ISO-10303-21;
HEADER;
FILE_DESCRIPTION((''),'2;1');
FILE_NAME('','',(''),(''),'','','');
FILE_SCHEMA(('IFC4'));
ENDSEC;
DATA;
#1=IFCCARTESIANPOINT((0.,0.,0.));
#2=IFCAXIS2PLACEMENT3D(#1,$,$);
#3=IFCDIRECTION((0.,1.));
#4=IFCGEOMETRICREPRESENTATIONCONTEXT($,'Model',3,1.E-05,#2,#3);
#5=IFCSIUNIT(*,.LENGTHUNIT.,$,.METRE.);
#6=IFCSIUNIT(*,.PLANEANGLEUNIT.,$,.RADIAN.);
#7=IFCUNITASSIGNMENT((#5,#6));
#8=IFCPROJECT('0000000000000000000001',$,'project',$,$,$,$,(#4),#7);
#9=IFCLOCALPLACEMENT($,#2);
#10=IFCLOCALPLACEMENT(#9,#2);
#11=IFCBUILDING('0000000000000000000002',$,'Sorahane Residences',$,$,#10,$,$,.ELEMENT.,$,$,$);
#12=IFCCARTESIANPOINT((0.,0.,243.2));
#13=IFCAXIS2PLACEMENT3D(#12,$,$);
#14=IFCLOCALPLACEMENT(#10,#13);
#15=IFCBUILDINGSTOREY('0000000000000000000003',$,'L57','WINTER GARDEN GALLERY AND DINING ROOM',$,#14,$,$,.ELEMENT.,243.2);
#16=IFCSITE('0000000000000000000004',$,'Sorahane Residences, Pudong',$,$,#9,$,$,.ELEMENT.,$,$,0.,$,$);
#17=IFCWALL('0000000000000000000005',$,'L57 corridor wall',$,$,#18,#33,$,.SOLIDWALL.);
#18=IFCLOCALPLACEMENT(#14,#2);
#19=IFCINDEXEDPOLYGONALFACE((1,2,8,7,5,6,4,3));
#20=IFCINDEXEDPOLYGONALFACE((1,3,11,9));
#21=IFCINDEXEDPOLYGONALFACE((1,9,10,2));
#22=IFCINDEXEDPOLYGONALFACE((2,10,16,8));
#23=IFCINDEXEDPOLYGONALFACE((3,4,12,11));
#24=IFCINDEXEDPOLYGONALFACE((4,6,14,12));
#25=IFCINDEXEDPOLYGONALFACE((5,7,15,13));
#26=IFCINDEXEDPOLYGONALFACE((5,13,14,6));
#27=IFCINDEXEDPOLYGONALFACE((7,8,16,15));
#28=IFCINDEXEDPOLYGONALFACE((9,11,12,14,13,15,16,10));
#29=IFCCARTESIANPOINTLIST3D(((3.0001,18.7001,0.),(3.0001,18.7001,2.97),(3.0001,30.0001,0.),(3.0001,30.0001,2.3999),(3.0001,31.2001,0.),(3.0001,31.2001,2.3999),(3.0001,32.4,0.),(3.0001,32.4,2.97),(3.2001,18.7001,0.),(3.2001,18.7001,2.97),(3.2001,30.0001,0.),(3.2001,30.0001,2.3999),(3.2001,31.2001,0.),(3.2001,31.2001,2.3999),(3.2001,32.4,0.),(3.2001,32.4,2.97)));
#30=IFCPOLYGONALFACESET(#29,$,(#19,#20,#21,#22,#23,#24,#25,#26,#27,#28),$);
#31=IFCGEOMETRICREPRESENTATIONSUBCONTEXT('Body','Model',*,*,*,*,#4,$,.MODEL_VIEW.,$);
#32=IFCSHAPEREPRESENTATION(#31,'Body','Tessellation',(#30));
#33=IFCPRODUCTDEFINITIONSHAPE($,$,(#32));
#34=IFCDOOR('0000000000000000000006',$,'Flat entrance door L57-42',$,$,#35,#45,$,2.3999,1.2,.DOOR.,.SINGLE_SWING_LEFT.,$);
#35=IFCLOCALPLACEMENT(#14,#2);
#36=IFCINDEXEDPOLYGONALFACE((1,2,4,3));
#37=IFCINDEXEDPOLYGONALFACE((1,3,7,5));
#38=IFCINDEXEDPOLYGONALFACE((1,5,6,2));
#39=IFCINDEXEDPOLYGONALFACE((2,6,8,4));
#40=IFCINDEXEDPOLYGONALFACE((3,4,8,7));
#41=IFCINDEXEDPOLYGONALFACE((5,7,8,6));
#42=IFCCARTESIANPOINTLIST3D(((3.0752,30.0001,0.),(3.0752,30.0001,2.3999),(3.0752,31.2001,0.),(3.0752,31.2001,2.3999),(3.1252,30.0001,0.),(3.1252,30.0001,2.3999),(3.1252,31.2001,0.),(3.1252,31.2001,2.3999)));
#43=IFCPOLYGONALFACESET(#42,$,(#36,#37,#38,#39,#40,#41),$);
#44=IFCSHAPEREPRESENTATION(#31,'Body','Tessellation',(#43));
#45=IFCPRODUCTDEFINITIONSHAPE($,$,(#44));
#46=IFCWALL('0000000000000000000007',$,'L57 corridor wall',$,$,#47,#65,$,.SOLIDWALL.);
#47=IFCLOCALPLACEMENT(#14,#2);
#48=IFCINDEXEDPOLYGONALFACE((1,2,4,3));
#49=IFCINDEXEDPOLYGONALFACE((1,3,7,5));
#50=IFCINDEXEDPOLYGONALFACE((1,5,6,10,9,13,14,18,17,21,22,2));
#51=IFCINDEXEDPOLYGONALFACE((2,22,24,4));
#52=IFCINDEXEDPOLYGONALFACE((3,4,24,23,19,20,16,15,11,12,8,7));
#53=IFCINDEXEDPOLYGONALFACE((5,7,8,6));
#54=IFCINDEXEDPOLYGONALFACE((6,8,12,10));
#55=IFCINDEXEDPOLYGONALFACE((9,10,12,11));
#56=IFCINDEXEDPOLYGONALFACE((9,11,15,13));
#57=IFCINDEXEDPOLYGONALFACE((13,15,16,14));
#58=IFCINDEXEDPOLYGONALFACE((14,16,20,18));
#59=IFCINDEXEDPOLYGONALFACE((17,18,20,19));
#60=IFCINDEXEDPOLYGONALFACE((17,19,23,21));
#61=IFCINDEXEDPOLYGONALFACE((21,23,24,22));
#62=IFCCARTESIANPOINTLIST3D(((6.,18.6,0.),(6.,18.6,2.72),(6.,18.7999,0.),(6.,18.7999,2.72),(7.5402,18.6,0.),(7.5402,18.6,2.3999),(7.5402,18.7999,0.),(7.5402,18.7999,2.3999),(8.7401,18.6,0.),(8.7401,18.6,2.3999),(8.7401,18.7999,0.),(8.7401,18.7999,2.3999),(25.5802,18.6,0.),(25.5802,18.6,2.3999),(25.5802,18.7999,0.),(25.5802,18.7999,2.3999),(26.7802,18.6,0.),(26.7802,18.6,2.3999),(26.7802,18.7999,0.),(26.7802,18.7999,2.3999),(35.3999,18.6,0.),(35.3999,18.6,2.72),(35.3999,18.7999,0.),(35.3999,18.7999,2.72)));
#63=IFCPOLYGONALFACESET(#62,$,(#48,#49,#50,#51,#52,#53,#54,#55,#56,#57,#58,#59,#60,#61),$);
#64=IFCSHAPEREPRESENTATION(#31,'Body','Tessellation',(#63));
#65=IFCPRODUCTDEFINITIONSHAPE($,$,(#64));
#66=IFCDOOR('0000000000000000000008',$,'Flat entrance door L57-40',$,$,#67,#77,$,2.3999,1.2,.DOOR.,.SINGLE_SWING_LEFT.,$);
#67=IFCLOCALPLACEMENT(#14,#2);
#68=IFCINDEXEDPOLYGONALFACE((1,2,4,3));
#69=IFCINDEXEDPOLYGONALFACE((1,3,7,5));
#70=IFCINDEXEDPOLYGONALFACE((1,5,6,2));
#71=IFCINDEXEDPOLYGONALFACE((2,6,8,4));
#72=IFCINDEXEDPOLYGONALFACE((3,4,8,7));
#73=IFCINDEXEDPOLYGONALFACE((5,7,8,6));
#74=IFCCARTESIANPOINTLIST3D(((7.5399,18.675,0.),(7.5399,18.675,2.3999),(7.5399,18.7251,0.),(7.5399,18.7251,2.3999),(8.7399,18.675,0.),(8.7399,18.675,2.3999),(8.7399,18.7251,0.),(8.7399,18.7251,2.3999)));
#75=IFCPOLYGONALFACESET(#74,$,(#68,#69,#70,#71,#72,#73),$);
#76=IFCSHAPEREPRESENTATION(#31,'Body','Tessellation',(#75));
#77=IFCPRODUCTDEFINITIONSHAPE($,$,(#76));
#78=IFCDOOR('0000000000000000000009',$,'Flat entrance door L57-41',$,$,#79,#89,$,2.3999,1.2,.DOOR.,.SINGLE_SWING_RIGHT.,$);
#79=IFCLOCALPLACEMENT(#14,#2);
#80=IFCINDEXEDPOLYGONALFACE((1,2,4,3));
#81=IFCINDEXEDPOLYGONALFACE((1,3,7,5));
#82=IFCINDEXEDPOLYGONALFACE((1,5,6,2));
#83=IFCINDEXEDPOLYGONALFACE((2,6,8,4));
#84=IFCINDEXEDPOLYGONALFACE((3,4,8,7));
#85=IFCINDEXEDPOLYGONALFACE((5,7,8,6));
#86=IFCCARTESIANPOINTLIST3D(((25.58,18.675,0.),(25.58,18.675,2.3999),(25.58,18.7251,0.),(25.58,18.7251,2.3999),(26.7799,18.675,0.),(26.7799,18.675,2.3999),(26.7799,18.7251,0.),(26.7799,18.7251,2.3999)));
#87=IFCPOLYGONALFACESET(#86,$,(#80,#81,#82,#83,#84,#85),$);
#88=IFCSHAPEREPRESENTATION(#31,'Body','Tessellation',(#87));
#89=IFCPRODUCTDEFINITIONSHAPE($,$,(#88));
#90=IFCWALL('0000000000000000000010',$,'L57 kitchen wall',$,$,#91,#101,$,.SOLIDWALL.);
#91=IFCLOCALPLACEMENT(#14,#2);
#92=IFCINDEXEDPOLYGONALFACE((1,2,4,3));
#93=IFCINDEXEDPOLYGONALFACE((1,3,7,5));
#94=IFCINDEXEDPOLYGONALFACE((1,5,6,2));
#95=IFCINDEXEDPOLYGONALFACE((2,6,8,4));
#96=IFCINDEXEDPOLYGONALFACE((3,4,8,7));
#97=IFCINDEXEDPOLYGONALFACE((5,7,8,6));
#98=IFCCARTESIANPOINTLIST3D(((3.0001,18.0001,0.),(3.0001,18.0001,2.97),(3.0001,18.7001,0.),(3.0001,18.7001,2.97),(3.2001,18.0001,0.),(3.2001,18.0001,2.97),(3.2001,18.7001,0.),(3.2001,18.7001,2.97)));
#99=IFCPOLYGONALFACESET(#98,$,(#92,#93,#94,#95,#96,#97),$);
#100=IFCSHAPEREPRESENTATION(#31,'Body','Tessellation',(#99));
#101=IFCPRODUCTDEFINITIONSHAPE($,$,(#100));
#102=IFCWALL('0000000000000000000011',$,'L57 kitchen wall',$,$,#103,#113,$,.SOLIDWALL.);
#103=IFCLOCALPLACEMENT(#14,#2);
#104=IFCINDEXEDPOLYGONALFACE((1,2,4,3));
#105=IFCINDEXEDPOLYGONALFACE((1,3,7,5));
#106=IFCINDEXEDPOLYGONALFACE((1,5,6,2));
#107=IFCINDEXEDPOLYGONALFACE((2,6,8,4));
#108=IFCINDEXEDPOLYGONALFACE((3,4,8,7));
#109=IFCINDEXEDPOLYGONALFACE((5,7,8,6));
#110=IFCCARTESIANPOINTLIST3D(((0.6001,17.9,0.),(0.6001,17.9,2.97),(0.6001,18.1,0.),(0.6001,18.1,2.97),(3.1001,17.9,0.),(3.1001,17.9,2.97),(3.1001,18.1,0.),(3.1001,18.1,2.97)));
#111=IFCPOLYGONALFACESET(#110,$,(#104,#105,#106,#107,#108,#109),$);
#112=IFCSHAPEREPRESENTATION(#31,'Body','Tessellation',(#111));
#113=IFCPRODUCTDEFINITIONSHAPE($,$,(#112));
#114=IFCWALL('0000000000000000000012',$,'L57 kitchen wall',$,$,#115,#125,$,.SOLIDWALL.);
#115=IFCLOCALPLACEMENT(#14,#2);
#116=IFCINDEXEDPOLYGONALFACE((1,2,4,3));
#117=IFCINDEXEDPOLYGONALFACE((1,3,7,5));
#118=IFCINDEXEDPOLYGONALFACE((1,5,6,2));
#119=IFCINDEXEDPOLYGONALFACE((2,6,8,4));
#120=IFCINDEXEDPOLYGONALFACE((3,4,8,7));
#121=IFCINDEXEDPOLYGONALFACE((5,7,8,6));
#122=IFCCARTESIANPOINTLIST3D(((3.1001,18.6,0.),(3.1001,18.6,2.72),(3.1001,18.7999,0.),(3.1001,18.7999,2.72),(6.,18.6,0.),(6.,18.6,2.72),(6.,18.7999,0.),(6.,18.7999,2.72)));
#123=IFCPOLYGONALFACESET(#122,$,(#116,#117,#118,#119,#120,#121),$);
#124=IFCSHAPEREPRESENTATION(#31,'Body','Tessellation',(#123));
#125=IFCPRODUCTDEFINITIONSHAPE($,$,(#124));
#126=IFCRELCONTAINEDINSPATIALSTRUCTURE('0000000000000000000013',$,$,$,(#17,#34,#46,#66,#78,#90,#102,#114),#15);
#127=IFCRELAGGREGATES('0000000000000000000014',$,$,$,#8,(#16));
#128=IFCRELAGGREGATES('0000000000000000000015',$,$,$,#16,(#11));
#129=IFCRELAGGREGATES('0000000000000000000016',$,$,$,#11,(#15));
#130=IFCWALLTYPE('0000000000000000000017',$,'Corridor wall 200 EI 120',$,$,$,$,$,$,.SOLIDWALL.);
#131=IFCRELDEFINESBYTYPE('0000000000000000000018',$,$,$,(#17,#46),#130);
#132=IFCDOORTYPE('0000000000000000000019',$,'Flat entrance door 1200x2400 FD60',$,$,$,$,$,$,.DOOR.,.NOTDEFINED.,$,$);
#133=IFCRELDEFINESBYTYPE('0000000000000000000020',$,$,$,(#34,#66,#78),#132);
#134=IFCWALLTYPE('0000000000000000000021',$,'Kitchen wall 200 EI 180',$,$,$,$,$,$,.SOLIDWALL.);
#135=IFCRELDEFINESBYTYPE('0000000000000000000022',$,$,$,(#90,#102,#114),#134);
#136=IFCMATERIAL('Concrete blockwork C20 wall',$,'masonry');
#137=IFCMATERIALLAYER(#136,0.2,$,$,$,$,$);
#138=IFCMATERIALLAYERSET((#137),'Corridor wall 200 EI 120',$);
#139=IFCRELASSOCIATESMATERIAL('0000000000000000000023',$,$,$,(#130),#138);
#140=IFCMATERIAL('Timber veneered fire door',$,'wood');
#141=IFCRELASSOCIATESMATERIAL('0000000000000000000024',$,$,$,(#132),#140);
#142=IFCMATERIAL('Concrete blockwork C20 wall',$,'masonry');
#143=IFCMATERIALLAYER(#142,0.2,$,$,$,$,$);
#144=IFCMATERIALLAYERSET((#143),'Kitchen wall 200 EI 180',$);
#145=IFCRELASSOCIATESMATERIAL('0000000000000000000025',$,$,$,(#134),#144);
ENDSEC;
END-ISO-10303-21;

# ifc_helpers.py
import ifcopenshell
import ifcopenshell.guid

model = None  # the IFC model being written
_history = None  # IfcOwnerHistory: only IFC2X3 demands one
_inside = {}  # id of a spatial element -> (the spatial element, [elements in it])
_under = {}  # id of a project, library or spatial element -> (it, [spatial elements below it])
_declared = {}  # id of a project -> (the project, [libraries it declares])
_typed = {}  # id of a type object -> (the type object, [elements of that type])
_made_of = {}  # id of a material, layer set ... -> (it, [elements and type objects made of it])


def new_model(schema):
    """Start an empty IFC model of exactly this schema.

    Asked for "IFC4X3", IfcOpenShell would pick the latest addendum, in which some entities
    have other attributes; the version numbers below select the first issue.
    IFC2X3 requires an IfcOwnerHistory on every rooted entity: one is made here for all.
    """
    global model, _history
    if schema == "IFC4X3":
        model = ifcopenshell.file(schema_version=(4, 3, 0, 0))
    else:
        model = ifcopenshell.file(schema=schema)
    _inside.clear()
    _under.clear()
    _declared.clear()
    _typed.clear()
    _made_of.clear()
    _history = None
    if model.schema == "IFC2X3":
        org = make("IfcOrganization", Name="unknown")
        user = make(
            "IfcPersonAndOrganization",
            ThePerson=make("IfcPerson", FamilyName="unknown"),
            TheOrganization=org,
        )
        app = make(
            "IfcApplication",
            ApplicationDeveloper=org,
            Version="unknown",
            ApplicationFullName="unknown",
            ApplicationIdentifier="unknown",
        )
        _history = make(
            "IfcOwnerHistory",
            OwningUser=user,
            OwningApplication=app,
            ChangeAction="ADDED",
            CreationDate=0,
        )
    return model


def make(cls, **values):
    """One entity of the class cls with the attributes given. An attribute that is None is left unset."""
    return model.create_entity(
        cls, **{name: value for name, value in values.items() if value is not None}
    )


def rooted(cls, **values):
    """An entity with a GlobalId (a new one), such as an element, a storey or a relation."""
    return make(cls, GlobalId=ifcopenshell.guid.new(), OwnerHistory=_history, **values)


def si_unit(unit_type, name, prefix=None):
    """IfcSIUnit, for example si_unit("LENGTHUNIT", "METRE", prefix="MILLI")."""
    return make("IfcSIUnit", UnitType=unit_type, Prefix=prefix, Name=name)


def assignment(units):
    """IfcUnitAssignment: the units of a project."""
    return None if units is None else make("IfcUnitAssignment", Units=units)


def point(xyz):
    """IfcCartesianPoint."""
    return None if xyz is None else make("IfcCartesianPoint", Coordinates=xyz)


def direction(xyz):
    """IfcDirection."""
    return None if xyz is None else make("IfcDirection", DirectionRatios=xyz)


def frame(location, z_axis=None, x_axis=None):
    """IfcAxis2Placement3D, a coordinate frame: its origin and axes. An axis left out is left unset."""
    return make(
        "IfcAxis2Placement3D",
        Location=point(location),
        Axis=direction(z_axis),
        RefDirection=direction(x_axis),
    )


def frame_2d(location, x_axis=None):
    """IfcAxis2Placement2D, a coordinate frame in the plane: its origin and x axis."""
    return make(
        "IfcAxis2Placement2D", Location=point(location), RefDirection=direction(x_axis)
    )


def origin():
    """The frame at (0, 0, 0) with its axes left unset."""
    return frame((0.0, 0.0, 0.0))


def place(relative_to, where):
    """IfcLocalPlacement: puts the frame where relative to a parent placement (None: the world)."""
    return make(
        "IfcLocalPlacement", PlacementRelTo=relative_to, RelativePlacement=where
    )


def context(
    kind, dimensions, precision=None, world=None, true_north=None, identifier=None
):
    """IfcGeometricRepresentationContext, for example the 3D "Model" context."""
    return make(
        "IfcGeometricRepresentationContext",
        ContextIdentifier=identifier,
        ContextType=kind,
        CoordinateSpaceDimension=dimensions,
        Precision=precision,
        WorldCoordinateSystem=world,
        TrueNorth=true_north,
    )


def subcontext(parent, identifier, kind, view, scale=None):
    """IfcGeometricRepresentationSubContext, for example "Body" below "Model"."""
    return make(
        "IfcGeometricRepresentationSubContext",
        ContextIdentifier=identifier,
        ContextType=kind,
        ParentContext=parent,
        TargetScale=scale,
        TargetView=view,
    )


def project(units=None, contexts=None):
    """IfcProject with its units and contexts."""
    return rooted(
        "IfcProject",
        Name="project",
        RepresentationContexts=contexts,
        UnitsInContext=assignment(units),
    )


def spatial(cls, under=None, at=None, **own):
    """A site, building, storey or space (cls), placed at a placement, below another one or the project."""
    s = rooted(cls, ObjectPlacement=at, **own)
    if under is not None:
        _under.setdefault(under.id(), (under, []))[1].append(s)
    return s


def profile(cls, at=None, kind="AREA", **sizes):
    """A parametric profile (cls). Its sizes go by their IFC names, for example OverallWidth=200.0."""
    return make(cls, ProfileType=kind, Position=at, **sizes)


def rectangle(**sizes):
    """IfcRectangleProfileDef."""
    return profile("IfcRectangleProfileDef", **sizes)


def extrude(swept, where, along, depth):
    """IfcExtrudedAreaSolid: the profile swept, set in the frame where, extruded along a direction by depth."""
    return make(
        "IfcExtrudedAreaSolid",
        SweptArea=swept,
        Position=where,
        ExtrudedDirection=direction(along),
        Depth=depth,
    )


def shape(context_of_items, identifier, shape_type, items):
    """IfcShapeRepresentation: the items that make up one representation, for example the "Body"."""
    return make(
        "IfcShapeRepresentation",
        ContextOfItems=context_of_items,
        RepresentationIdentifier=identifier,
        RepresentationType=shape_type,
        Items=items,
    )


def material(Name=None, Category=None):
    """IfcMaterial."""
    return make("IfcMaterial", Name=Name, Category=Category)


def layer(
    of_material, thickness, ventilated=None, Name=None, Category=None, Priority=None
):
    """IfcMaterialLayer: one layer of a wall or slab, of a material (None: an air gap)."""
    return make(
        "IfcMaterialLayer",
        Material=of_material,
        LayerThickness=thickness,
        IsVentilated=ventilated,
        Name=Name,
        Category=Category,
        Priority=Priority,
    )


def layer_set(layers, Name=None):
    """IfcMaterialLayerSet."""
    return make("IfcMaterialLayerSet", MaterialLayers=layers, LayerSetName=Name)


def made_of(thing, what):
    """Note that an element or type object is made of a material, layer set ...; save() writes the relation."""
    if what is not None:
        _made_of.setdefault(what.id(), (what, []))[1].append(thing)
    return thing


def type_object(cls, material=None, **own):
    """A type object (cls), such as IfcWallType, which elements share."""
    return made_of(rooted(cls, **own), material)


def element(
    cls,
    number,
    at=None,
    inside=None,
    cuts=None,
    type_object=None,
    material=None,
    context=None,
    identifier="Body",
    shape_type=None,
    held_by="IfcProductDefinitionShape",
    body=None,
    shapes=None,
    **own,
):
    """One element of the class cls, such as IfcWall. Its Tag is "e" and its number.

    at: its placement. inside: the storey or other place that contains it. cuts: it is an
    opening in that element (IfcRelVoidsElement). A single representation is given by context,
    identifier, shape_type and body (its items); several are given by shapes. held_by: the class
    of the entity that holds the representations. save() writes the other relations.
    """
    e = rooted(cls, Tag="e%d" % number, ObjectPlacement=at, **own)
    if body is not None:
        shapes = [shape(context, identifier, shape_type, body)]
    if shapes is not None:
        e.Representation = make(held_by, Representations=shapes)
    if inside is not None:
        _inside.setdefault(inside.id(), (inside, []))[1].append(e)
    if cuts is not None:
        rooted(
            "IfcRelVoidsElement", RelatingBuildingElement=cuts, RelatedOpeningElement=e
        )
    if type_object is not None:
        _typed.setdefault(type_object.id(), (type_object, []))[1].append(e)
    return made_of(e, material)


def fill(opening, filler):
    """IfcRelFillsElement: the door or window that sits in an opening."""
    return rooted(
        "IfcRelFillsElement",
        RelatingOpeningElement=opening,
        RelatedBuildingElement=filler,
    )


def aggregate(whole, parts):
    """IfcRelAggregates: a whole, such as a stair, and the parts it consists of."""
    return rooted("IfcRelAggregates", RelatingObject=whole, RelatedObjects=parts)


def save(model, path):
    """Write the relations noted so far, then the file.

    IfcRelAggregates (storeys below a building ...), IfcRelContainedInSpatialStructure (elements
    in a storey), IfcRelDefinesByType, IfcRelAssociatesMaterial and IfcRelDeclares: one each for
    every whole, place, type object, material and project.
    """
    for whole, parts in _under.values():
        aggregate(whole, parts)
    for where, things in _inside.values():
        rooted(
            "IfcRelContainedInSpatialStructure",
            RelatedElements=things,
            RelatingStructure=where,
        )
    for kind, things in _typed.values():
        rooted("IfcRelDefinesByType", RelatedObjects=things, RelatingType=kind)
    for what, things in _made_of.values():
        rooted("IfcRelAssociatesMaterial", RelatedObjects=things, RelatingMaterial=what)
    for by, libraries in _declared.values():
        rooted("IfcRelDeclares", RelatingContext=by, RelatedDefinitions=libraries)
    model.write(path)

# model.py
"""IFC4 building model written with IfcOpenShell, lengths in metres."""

from ifc_helpers import new_model, si_unit, direction, frame, frame_2d, origin, place, context, subcontext, project, spatial, rectangle, extrude, material, layer, layer_set, type_object, element, fill, save


model = new_model("IFC4")

# Units and contexts
model_context = context("Model", 3, precision=1e-05, world=origin(), true_north=direction((0.0, 1.0)))
body_context = subcontext(model_context, "Body", "Model", "MODEL_VIEW")
ifc_project = project(units=[si_unit("LENGTHUNIT", "METRE"), si_unit("PLANEANGLEUNIT", "RADIAN")], contexts=[model_context])

# Site, building, storey
site_placement = place(None, origin())
site = spatial("IfcSite", under=ifc_project, at=site_placement, Name="Sorahane Residences, Pudong", CompositionType="ELEMENT", RefElevation=0.0)
building_placement = place(site_placement, origin())
building = spatial("IfcBuilding", under=site, at=building_placement, Name="Sorahane Residences", CompositionType="ELEMENT")
storey_placement = place(building_placement, frame((0.0, 0.0, 243.2)))
storey = spatial("IfcBuildingStorey", under=building, at=storey_placement, Name="L57", Description="WINTER GARDEN GALLERY AND DINING ROOM", CompositionType="ELEMENT", Elevation=243.2)

# Wall, opening, door
ifc_material_1 = material(Name="Concrete blockwork C20 wall", Category="masonry")
ifc_layer_1 = layer(ifc_material_1, 0.2)
ifc_layer_set_1 = layer_set([ifc_layer_1], Name="Corridor wall 200 EI 120")
wall_type_1 = type_object("IfcWallType", Name="Corridor wall 200 EI 120", PredefinedType="SOLIDWALL", material=ifc_layer_set_1)
wall_1_placement = place(storey_placement, frame((3.1001, 18.7, 0.0), z_axis=(0.0, 0.0, 1.0), x_axis=(0.0, 1.0, 0.0)))
wall_1 = element("IfcWall", 1, at=wall_1_placement, inside=storey, type_object=wall_type_1, Name="L57 corridor wall", PredefinedType="SOLIDWALL", context=body_context, shape_type="SweptSolid", body=[
    extrude(rectangle(XDim=13.7, YDim=0.2, at=frame_2d((6.8501, 0.0))), origin(), (0.0, 0.0, 1.0), 2.97),
])
opening_1_placement = place(wall_1_placement, frame((11.3, 0.0, 0.0)))
opening_1 = element("IfcOpeningElement", 2, at=opening_1_placement, cuts=wall_1, PredefinedType="OPENING", context=body_context, shape_type="SweptSolid", body=[
    extrude(rectangle(XDim=1.2, YDim=2.3999, at=frame_2d((0.6001, 1.2))), frame((0.0, 0.1099, 0.0), z_axis=(0.0, -1.0, 0.0), x_axis=(1.0, 0.0, 0.0)), (0.0, 0.0, 1.0), 0.22),
])
ifc_material_2 = material(Name="Timber veneered fire door", Category="wood")
door_type_1 = type_object("IfcDoorType", Name="Flat entrance door 1200x2400 FD60", OperationType="NOTDEFINED", PredefinedType="DOOR", material=ifc_material_2)
door_1_placement = place(opening_1_placement, origin())
door_1 = element("IfcDoor", 3, at=door_1_placement, inside=storey, type_object=door_type_1, Name="Flat entrance door L57-42", OperationType="SINGLE_SWING_LEFT", OverallHeight=2.3999, OverallWidth=1.2, PredefinedType="DOOR", context=body_context, shape_type="SweptSolid", body=[
    extrude(rectangle(XDim=1.2, YDim=2.3999, at=frame_2d((0.6001, 1.2))), frame((0.0, 0.0249, 0.0), z_axis=(0.0, -1.0, 0.0), x_axis=(1.0, 0.0, 0.0)), (0.0, 0.0, 1.0), 0.05),
])
fill(opening_1, door_1)

# Wall, openings, doors
wall_2_placement = place(storey_placement, frame((6.0, 18.7, 0.0), z_axis=(0.0, 0.0, 1.0), x_axis=(1.0, 0.0, 0.0)))
wall_2 = element("IfcWall", 4, at=wall_2_placement, inside=storey, type_object=wall_type_1, Name="L57 corridor wall", PredefinedType="SOLIDWALL", context=body_context, shape_type="SweptSolid", body=[
    extrude(rectangle(XDim=29.3999, YDim=0.2, at=frame_2d((14.7, 0.0))), origin(), (0.0, 0.0, 1.0), 2.72),
])
opening_2_placement = place(wall_2_placement, frame((1.54, 0.0, 0.0)))
opening_2 = element("IfcOpeningElement", 5, at=opening_2_placement, cuts=wall_2, PredefinedType="OPENING", context=body_context, shape_type="SweptSolid", body=[
    extrude(rectangle(XDim=1.2, YDim=2.3999, at=frame_2d((0.6001, 1.2))), frame((0.0, 0.1099, 0.0), z_axis=(0.0, -1.0, 0.0), x_axis=(1.0, 0.0, 0.0)), (0.0, 0.0, 1.0), 0.22),
])
opening_3_placement = place(wall_2_placement, frame((19.5801, 0.0, 0.0)))
opening_3 = element("IfcOpeningElement", 6, at=opening_3_placement, cuts=wall_2, PredefinedType="OPENING", context=body_context, shape_type="SweptSolid", body=[
    extrude(rectangle(XDim=1.2, YDim=2.3999, at=frame_2d((0.6001, 1.2))), frame((0.0, 0.1099, 0.0), z_axis=(0.0, -1.0, 0.0), x_axis=(1.0, 0.0, 0.0)), (0.0, 0.0, 1.0), 0.22),
])
door_2_placement = place(opening_2_placement, frame((1.2, 0.0, 0.0), z_axis=(0.0, 0.0, 1.0), x_axis=(-1.0, 0.0, 0.0)))
door_2 = element("IfcDoor", 7, at=door_2_placement, inside=storey, type_object=door_type_1, Name="Flat entrance door L57-40", OperationType="SINGLE_SWING_LEFT", OverallHeight=2.3999, OverallWidth=1.2, PredefinedType="DOOR", context=body_context, shape_type="SweptSolid", body=[
    extrude(rectangle(XDim=1.2, YDim=2.3999, at=frame_2d((0.6001, 1.2))), frame((0.0, 0.0249, 0.0), z_axis=(0.0, -1.0, 0.0), x_axis=(1.0, 0.0, 0.0)), (0.0, 0.0, 1.0), 0.05),
])
fill(opening_2, door_2)
door_3_placement = place(opening_3_placement, frame((1.2, 0.0, 0.0), z_axis=(0.0, 0.0, 1.0), x_axis=(-1.0, 0.0, 0.0)))
door_3 = element("IfcDoor", 8, at=door_3_placement, inside=storey, type_object=door_type_1, Name="Flat entrance door L57-41", OperationType="SINGLE_SWING_RIGHT", OverallHeight=2.3999, OverallWidth=1.2, PredefinedType="DOOR", context=body_context, shape_type="SweptSolid", body=[
    extrude(rectangle(XDim=1.2, YDim=2.3999, at=frame_2d((0.6001, 1.2))), frame((0.0, 0.0249, 0.0), z_axis=(0.0, -1.0, 0.0), x_axis=(1.0, 0.0, 0.0)), (0.0, 0.0, 1.0), 0.05),
])
fill(opening_3, door_3)

# Walls
ifc_material_3 = material(Name="Concrete blockwork C20 wall", Category="masonry")
ifc_layer_2 = layer(ifc_material_3, 0.2)
ifc_layer_set_2 = layer_set([ifc_layer_2], Name="Kitchen wall 200 EI 180")
wall_type_2 = type_object("IfcWallType", Name="Kitchen wall 200 EI 180", PredefinedType="SOLIDWALL", material=ifc_layer_set_2)
wall_3_placement = place(storey_placement, frame((3.1001, 18.0, 0.0), z_axis=(0.0, 0.0, 1.0), x_axis=(0.0, 1.0, 0.0)))
element("IfcWall", 9, at=wall_3_placement, inside=storey, type_object=wall_type_2, Name="L57 kitchen wall", PredefinedType="SOLIDWALL", context=body_context, shape_type="SweptSolid", body=[
    extrude(rectangle(XDim=0.7, YDim=0.2, at=frame_2d((0.3501, 0.0))), origin(), (0.0, 0.0, 1.0), 2.97),
])
wall_4_placement = place(storey_placement, frame((0.6001, 18.0, 0.0), z_axis=(0.0, 0.0, 1.0), x_axis=(1.0, 0.0, 0.0)))
element("IfcWall", 10, at=wall_4_placement, inside=storey, type_object=wall_type_2, Name="L57 kitchen wall", PredefinedType="SOLIDWALL", context=body_context, shape_type="SweptSolid", body=[
    extrude(rectangle(XDim=2.5, YDim=0.2, at=frame_2d((1.25, 0.0))), origin(), (0.0, 0.0, 1.0), 2.97),
])
wall_5_placement = place(storey_placement, frame((3.1001, 18.7, 0.0), z_axis=(0.0, 0.0, 1.0), x_axis=(1.0, 0.0, 0.0)))
element("IfcWall", 11, at=wall_5_placement, inside=storey, type_object=wall_type_2, Name="L57 kitchen wall", PredefinedType="SOLIDWALL", context=body_context, shape_type="SweptSolid", body=[
    extrude(rectangle(XDim=2.8999, YDim=0.2, at=frame_2d((1.45, 0.0))), origin(), (0.0, 0.0, 1.0), 2.72),
])

save(model, "model.ifc")
